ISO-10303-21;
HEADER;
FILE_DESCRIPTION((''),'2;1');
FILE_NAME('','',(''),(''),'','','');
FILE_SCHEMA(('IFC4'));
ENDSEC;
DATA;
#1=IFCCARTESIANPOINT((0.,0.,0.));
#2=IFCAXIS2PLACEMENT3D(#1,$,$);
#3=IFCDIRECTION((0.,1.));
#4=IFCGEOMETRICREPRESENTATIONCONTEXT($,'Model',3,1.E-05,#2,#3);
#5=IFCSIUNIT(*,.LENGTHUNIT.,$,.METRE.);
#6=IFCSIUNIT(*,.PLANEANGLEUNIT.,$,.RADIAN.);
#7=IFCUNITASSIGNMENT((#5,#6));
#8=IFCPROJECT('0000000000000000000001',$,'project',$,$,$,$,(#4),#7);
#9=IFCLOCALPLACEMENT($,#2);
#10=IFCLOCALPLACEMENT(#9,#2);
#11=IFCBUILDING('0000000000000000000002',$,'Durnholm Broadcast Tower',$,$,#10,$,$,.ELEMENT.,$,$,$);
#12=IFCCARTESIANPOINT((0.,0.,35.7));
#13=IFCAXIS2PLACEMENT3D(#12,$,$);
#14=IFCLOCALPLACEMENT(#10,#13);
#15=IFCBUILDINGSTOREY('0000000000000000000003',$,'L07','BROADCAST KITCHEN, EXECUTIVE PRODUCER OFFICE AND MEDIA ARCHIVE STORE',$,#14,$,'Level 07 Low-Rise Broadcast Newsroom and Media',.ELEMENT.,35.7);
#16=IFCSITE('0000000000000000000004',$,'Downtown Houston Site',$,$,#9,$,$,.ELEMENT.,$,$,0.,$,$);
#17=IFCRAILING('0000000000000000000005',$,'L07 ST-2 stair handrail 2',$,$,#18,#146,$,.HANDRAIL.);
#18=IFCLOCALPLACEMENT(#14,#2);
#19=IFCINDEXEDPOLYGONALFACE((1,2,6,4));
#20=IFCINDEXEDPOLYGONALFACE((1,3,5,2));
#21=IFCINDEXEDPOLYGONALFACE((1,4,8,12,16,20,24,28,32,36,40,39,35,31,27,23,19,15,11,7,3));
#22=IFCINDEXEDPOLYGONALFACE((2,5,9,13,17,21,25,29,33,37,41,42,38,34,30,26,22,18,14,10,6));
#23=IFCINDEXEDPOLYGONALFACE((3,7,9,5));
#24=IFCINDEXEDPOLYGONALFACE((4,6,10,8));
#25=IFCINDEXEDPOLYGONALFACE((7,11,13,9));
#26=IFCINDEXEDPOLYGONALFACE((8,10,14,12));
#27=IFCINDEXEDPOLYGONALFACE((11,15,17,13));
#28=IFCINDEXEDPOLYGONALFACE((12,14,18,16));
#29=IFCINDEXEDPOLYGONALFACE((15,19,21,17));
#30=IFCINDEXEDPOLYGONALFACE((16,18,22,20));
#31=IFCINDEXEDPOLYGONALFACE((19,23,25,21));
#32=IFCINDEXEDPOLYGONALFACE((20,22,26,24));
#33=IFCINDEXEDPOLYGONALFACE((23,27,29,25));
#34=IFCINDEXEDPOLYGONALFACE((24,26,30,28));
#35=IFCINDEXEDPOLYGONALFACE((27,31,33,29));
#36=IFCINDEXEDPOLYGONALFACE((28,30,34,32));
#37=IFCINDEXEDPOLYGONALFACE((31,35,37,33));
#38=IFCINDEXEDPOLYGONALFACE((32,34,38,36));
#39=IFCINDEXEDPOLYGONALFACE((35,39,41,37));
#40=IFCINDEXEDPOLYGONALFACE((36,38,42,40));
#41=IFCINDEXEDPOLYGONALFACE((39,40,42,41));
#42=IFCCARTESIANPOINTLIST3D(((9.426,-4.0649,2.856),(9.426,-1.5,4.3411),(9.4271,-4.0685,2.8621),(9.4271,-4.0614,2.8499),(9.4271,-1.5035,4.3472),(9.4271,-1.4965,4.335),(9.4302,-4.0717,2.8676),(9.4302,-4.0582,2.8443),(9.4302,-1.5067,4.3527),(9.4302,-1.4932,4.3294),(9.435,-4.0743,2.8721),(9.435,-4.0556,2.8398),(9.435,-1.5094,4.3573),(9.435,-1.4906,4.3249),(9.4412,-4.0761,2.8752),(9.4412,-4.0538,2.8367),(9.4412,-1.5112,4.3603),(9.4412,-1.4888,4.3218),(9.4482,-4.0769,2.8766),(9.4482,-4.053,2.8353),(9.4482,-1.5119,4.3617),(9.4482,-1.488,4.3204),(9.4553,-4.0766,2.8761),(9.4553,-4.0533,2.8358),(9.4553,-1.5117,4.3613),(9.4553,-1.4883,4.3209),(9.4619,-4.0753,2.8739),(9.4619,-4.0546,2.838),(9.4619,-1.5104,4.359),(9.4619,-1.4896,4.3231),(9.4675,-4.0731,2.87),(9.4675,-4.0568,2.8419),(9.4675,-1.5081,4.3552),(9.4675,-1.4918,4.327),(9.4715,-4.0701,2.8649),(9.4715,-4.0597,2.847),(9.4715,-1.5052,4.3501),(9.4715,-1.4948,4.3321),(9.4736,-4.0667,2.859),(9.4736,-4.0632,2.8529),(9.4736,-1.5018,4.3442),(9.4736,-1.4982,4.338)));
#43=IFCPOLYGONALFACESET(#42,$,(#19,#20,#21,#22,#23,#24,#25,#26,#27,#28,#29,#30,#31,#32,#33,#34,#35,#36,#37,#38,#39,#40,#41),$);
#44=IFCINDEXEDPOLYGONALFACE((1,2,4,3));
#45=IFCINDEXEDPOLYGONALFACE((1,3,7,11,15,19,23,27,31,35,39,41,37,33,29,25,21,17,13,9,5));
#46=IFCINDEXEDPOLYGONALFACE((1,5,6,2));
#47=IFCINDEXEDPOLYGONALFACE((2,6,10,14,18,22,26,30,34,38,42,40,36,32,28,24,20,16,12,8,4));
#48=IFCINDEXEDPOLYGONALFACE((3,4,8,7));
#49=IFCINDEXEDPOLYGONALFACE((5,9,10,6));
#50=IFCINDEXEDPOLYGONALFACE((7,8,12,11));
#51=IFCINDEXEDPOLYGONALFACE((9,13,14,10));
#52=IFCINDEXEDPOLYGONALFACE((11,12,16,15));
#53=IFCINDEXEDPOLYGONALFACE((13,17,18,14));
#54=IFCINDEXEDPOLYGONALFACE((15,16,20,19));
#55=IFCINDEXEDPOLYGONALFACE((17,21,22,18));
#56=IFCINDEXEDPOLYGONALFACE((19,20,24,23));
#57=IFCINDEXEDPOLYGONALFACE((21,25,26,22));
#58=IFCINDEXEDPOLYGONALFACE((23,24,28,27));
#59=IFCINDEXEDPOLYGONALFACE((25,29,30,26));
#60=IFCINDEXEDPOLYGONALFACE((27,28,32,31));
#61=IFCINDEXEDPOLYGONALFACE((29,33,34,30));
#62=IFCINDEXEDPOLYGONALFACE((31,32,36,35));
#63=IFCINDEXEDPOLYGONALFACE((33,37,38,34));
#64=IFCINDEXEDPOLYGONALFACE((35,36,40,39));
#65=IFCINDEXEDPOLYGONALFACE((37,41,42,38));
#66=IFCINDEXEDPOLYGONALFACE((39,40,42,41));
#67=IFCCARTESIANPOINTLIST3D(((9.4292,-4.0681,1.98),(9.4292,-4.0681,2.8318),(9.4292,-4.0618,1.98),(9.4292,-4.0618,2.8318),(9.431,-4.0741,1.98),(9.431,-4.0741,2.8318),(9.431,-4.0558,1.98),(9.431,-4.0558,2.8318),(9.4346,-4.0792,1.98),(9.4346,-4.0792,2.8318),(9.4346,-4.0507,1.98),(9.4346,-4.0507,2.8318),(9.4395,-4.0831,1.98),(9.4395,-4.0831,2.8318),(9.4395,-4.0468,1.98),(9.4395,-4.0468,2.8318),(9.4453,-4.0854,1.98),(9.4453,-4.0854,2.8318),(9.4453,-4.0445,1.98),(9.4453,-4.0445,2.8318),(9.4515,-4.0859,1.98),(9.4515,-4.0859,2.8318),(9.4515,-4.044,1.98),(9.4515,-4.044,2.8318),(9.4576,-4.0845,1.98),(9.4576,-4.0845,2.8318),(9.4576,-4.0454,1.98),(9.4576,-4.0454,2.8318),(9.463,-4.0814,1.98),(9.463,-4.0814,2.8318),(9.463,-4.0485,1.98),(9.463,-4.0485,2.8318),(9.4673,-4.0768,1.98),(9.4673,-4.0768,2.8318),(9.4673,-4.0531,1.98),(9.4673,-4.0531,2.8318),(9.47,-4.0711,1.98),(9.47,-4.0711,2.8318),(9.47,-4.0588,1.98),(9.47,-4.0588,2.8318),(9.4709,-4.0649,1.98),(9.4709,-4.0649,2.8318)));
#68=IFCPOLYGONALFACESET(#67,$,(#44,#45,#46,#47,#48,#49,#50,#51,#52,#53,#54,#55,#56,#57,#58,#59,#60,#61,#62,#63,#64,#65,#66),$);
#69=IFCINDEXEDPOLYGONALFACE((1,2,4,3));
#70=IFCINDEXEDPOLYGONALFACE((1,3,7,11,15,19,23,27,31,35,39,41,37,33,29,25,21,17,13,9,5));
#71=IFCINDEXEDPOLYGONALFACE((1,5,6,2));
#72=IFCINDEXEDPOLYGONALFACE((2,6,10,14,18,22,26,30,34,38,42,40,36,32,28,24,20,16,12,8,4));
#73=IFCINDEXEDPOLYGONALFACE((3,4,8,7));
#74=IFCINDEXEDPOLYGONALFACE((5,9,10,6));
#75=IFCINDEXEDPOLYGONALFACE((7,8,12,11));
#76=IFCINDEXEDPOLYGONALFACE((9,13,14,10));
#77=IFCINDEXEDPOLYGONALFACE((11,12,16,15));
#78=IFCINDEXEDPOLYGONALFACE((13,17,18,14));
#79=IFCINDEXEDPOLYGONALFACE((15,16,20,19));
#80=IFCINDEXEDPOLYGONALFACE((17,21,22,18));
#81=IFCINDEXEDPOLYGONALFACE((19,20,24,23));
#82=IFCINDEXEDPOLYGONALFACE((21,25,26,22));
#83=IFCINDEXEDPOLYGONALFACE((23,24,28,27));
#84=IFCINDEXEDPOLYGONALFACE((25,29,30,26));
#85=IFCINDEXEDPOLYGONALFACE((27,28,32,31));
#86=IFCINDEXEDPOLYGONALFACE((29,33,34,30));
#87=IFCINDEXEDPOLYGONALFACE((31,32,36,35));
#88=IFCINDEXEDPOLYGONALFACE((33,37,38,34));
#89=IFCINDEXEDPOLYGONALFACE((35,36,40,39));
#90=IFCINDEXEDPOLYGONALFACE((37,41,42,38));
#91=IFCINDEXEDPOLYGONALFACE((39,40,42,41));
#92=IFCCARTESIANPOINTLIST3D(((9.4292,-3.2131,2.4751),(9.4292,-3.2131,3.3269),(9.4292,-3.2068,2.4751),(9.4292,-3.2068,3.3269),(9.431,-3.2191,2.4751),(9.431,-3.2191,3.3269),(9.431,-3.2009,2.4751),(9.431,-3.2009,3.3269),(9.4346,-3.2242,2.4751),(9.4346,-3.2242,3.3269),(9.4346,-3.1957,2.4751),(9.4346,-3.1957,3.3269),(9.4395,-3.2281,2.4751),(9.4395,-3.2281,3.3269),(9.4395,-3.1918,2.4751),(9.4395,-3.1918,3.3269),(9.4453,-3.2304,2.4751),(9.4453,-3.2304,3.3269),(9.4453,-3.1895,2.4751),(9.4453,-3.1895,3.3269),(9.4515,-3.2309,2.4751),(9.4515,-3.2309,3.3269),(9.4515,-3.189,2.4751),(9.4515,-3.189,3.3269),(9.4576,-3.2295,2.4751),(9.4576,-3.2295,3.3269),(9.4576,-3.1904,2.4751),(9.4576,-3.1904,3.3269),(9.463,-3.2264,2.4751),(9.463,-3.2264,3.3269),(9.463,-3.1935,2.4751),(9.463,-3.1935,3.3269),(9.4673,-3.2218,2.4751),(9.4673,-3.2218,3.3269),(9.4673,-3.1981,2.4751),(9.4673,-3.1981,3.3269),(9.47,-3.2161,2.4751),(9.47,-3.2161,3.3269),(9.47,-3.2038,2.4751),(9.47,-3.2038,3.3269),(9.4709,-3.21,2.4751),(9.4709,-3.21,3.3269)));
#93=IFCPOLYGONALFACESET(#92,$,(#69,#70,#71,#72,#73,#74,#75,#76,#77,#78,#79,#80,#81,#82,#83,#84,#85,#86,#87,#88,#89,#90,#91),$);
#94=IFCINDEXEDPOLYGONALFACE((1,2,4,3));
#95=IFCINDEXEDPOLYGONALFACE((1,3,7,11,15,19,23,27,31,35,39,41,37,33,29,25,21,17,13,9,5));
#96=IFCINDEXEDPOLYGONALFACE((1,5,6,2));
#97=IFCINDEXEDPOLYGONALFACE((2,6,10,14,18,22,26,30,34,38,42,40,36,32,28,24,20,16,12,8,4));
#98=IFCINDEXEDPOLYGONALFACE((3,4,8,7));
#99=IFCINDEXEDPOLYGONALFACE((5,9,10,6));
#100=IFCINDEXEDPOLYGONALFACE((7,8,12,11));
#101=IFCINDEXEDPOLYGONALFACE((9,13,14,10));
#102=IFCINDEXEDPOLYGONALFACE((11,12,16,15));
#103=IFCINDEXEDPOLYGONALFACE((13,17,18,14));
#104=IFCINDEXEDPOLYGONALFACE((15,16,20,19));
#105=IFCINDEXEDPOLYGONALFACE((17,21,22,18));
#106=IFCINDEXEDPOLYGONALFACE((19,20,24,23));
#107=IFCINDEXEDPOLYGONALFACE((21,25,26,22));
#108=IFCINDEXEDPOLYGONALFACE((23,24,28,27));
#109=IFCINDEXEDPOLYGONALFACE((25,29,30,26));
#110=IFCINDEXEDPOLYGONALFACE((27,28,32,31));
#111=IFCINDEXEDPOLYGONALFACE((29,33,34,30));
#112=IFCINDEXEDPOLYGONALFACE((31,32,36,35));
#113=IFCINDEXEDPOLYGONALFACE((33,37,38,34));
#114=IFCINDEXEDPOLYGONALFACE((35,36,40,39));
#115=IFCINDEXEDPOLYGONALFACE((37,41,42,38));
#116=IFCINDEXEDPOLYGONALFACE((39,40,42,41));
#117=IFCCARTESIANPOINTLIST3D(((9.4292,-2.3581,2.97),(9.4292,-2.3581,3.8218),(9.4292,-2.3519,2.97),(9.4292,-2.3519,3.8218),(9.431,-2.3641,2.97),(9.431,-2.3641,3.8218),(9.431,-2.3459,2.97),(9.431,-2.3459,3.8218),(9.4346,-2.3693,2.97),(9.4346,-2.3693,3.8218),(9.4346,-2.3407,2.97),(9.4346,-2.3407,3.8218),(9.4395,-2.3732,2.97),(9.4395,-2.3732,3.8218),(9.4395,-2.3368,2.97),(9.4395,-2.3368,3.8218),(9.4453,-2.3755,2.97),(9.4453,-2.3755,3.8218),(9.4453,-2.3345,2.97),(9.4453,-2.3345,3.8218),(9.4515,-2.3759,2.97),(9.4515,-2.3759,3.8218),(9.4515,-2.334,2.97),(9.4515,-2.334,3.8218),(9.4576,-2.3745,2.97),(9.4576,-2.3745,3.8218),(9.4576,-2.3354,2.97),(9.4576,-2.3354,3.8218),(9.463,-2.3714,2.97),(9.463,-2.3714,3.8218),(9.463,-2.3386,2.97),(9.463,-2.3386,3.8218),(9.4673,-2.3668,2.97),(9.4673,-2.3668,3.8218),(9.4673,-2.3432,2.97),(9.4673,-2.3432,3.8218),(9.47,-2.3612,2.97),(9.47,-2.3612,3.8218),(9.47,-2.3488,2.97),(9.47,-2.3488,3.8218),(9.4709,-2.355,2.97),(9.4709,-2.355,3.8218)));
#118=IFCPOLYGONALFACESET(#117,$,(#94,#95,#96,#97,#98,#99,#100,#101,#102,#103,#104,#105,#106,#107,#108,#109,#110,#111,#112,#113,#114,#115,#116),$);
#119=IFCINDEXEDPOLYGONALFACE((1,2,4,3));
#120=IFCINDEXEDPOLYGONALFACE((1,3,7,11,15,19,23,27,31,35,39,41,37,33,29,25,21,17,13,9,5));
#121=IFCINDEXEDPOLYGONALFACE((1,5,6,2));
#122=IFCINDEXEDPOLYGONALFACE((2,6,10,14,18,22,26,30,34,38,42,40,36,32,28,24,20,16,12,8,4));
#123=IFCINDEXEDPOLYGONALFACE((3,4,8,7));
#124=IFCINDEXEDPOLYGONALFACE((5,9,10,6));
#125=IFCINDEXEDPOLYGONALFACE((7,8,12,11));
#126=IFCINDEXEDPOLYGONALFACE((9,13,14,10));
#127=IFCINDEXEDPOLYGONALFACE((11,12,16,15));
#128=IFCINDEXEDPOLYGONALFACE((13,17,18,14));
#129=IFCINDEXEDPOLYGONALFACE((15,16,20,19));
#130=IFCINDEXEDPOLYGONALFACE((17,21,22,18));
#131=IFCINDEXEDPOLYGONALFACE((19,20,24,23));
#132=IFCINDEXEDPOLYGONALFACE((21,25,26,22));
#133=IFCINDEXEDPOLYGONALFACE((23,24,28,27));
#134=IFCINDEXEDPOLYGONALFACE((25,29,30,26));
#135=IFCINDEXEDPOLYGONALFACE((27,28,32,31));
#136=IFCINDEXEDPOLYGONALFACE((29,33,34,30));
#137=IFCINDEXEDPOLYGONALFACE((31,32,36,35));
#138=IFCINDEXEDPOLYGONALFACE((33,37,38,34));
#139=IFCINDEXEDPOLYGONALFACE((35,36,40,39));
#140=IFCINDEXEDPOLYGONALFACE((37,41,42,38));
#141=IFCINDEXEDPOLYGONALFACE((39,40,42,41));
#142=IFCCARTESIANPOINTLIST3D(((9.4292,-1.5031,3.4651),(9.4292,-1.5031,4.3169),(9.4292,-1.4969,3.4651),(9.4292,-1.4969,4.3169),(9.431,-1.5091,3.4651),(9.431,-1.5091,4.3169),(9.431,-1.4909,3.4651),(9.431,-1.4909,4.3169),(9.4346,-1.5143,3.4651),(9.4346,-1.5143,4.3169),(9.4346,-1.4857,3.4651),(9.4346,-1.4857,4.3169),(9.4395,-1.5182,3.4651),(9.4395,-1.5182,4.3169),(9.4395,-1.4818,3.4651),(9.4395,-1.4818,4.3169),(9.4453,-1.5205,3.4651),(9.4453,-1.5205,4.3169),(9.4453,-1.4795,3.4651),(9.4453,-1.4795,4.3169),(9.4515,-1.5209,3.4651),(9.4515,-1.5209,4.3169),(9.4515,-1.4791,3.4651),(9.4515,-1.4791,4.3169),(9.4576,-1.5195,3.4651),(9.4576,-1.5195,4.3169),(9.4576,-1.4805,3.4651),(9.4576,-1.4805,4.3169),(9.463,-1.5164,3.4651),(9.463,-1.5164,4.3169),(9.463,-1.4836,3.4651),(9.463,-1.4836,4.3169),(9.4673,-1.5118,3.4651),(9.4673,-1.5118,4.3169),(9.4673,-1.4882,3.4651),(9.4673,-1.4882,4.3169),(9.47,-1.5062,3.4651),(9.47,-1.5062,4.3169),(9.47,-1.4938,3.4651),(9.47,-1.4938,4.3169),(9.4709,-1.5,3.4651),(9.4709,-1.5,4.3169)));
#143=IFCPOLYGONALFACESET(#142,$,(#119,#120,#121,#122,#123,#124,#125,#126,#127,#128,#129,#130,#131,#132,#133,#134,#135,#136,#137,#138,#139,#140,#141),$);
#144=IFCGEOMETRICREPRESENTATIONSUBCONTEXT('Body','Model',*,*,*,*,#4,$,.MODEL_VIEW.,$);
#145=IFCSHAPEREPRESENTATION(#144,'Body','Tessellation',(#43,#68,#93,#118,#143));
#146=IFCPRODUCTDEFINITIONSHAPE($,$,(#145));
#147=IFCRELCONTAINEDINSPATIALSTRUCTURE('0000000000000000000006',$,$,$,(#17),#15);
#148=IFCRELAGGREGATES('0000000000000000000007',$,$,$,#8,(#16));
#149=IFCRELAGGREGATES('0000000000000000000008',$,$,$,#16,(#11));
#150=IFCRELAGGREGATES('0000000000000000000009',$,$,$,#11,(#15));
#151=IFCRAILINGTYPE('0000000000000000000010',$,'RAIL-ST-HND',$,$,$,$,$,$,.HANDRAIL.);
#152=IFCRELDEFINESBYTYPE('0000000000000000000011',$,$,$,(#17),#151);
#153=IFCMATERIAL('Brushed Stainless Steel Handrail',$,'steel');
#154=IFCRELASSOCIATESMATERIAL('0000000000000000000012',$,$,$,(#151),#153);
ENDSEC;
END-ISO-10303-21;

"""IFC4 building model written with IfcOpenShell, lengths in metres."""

from ifc_helpers import new_model, si_unit, direction, frame, origin, origin_2d, place, context, subcontext, project, spatial, circle, extrude, material, type_object, element, save


model = new_model("IFC4")

# Units and contexts
model_context = context("Model", 3, precision=1e-05, world=origin(), true_north=direction((0.0, 1.0)))
body_context = subcontext(model_context, "Body", "Model", "MODEL_VIEW")
ifc_project = project(units=[si_unit("LENGTHUNIT", "METRE"), si_unit("PLANEANGLEUNIT", "RADIAN")], contexts=[model_context])

# Site, building, storey
site_placement = place(None, origin())
site = spatial("IfcSite", under=ifc_project, at=site_placement, Name="Downtown Houston Site", CompositionType="ELEMENT", RefElevation=0.0)
building_placement = place(site_placement, origin())
building = spatial("IfcBuilding", under=site, at=building_placement, Name="Durnholm Broadcast Tower", CompositionType="ELEMENT")
storey_placement = place(building_placement, frame((0.0, 0.0, 35.7)))
storey = spatial("IfcBuildingStorey", under=building, at=storey_placement, Name="L07", Description="BROADCAST KITCHEN, EXECUTIVE PRODUCER OFFICE AND MEDIA ARCHIVE STORE", LongName="Level 07 Low-Rise Broadcast Newsroom and Media", CompositionType="ELEMENT", Elevation=35.7)

# Railing
ifc_material_1 = material(Name="Brushed Stainless Steel Handrail", Category="steel")
railing_type_1 = type_object("IfcRailingType", Name="RAIL-ST-HND", PredefinedType="HANDRAIL", material=ifc_material_1)
railing_1_placement = place(storey_placement, frame((9.45, -4.0649, 1.98)))
element("IfcRailing", 1, at=railing_1_placement, inside=storey, type_object=railing_type_1, Name="L07 ST-2 stair handrail 2", PredefinedType="HANDRAIL", context=body_context, shape_type="SweptSolid", body=[
    extrude(circle(Radius=0.0239, at=origin_2d()), frame((0.0, 0.0, 0.876), z_axis=(0.0, 0.865406, 0.501072), x_axis=(-1.0, 0.0, 0.0)), (0.0, 0.0, 1.0), 2.9639),
    extrude(circle(Radius=0.021, at=origin_2d()), origin(), (0.0, 0.0, 1.0), 0.8518),
    extrude(circle(Radius=0.021, at=origin_2d()), frame((0.0, 0.855, 0.4951)), (0.0, 0.0, 1.0), 0.8518),
    extrude(circle(Radius=0.021, at=origin_2d()), frame((0.0, 1.71, 0.99)), (0.0, 0.0, 1.0), 0.8518),
    extrude(circle(Radius=0.021, at=origin_2d()), frame((0.0, 2.5649, 1.4851)), (0.0, 0.0, 1.0), 0.8518),
])

save(model, "model.ifc")
